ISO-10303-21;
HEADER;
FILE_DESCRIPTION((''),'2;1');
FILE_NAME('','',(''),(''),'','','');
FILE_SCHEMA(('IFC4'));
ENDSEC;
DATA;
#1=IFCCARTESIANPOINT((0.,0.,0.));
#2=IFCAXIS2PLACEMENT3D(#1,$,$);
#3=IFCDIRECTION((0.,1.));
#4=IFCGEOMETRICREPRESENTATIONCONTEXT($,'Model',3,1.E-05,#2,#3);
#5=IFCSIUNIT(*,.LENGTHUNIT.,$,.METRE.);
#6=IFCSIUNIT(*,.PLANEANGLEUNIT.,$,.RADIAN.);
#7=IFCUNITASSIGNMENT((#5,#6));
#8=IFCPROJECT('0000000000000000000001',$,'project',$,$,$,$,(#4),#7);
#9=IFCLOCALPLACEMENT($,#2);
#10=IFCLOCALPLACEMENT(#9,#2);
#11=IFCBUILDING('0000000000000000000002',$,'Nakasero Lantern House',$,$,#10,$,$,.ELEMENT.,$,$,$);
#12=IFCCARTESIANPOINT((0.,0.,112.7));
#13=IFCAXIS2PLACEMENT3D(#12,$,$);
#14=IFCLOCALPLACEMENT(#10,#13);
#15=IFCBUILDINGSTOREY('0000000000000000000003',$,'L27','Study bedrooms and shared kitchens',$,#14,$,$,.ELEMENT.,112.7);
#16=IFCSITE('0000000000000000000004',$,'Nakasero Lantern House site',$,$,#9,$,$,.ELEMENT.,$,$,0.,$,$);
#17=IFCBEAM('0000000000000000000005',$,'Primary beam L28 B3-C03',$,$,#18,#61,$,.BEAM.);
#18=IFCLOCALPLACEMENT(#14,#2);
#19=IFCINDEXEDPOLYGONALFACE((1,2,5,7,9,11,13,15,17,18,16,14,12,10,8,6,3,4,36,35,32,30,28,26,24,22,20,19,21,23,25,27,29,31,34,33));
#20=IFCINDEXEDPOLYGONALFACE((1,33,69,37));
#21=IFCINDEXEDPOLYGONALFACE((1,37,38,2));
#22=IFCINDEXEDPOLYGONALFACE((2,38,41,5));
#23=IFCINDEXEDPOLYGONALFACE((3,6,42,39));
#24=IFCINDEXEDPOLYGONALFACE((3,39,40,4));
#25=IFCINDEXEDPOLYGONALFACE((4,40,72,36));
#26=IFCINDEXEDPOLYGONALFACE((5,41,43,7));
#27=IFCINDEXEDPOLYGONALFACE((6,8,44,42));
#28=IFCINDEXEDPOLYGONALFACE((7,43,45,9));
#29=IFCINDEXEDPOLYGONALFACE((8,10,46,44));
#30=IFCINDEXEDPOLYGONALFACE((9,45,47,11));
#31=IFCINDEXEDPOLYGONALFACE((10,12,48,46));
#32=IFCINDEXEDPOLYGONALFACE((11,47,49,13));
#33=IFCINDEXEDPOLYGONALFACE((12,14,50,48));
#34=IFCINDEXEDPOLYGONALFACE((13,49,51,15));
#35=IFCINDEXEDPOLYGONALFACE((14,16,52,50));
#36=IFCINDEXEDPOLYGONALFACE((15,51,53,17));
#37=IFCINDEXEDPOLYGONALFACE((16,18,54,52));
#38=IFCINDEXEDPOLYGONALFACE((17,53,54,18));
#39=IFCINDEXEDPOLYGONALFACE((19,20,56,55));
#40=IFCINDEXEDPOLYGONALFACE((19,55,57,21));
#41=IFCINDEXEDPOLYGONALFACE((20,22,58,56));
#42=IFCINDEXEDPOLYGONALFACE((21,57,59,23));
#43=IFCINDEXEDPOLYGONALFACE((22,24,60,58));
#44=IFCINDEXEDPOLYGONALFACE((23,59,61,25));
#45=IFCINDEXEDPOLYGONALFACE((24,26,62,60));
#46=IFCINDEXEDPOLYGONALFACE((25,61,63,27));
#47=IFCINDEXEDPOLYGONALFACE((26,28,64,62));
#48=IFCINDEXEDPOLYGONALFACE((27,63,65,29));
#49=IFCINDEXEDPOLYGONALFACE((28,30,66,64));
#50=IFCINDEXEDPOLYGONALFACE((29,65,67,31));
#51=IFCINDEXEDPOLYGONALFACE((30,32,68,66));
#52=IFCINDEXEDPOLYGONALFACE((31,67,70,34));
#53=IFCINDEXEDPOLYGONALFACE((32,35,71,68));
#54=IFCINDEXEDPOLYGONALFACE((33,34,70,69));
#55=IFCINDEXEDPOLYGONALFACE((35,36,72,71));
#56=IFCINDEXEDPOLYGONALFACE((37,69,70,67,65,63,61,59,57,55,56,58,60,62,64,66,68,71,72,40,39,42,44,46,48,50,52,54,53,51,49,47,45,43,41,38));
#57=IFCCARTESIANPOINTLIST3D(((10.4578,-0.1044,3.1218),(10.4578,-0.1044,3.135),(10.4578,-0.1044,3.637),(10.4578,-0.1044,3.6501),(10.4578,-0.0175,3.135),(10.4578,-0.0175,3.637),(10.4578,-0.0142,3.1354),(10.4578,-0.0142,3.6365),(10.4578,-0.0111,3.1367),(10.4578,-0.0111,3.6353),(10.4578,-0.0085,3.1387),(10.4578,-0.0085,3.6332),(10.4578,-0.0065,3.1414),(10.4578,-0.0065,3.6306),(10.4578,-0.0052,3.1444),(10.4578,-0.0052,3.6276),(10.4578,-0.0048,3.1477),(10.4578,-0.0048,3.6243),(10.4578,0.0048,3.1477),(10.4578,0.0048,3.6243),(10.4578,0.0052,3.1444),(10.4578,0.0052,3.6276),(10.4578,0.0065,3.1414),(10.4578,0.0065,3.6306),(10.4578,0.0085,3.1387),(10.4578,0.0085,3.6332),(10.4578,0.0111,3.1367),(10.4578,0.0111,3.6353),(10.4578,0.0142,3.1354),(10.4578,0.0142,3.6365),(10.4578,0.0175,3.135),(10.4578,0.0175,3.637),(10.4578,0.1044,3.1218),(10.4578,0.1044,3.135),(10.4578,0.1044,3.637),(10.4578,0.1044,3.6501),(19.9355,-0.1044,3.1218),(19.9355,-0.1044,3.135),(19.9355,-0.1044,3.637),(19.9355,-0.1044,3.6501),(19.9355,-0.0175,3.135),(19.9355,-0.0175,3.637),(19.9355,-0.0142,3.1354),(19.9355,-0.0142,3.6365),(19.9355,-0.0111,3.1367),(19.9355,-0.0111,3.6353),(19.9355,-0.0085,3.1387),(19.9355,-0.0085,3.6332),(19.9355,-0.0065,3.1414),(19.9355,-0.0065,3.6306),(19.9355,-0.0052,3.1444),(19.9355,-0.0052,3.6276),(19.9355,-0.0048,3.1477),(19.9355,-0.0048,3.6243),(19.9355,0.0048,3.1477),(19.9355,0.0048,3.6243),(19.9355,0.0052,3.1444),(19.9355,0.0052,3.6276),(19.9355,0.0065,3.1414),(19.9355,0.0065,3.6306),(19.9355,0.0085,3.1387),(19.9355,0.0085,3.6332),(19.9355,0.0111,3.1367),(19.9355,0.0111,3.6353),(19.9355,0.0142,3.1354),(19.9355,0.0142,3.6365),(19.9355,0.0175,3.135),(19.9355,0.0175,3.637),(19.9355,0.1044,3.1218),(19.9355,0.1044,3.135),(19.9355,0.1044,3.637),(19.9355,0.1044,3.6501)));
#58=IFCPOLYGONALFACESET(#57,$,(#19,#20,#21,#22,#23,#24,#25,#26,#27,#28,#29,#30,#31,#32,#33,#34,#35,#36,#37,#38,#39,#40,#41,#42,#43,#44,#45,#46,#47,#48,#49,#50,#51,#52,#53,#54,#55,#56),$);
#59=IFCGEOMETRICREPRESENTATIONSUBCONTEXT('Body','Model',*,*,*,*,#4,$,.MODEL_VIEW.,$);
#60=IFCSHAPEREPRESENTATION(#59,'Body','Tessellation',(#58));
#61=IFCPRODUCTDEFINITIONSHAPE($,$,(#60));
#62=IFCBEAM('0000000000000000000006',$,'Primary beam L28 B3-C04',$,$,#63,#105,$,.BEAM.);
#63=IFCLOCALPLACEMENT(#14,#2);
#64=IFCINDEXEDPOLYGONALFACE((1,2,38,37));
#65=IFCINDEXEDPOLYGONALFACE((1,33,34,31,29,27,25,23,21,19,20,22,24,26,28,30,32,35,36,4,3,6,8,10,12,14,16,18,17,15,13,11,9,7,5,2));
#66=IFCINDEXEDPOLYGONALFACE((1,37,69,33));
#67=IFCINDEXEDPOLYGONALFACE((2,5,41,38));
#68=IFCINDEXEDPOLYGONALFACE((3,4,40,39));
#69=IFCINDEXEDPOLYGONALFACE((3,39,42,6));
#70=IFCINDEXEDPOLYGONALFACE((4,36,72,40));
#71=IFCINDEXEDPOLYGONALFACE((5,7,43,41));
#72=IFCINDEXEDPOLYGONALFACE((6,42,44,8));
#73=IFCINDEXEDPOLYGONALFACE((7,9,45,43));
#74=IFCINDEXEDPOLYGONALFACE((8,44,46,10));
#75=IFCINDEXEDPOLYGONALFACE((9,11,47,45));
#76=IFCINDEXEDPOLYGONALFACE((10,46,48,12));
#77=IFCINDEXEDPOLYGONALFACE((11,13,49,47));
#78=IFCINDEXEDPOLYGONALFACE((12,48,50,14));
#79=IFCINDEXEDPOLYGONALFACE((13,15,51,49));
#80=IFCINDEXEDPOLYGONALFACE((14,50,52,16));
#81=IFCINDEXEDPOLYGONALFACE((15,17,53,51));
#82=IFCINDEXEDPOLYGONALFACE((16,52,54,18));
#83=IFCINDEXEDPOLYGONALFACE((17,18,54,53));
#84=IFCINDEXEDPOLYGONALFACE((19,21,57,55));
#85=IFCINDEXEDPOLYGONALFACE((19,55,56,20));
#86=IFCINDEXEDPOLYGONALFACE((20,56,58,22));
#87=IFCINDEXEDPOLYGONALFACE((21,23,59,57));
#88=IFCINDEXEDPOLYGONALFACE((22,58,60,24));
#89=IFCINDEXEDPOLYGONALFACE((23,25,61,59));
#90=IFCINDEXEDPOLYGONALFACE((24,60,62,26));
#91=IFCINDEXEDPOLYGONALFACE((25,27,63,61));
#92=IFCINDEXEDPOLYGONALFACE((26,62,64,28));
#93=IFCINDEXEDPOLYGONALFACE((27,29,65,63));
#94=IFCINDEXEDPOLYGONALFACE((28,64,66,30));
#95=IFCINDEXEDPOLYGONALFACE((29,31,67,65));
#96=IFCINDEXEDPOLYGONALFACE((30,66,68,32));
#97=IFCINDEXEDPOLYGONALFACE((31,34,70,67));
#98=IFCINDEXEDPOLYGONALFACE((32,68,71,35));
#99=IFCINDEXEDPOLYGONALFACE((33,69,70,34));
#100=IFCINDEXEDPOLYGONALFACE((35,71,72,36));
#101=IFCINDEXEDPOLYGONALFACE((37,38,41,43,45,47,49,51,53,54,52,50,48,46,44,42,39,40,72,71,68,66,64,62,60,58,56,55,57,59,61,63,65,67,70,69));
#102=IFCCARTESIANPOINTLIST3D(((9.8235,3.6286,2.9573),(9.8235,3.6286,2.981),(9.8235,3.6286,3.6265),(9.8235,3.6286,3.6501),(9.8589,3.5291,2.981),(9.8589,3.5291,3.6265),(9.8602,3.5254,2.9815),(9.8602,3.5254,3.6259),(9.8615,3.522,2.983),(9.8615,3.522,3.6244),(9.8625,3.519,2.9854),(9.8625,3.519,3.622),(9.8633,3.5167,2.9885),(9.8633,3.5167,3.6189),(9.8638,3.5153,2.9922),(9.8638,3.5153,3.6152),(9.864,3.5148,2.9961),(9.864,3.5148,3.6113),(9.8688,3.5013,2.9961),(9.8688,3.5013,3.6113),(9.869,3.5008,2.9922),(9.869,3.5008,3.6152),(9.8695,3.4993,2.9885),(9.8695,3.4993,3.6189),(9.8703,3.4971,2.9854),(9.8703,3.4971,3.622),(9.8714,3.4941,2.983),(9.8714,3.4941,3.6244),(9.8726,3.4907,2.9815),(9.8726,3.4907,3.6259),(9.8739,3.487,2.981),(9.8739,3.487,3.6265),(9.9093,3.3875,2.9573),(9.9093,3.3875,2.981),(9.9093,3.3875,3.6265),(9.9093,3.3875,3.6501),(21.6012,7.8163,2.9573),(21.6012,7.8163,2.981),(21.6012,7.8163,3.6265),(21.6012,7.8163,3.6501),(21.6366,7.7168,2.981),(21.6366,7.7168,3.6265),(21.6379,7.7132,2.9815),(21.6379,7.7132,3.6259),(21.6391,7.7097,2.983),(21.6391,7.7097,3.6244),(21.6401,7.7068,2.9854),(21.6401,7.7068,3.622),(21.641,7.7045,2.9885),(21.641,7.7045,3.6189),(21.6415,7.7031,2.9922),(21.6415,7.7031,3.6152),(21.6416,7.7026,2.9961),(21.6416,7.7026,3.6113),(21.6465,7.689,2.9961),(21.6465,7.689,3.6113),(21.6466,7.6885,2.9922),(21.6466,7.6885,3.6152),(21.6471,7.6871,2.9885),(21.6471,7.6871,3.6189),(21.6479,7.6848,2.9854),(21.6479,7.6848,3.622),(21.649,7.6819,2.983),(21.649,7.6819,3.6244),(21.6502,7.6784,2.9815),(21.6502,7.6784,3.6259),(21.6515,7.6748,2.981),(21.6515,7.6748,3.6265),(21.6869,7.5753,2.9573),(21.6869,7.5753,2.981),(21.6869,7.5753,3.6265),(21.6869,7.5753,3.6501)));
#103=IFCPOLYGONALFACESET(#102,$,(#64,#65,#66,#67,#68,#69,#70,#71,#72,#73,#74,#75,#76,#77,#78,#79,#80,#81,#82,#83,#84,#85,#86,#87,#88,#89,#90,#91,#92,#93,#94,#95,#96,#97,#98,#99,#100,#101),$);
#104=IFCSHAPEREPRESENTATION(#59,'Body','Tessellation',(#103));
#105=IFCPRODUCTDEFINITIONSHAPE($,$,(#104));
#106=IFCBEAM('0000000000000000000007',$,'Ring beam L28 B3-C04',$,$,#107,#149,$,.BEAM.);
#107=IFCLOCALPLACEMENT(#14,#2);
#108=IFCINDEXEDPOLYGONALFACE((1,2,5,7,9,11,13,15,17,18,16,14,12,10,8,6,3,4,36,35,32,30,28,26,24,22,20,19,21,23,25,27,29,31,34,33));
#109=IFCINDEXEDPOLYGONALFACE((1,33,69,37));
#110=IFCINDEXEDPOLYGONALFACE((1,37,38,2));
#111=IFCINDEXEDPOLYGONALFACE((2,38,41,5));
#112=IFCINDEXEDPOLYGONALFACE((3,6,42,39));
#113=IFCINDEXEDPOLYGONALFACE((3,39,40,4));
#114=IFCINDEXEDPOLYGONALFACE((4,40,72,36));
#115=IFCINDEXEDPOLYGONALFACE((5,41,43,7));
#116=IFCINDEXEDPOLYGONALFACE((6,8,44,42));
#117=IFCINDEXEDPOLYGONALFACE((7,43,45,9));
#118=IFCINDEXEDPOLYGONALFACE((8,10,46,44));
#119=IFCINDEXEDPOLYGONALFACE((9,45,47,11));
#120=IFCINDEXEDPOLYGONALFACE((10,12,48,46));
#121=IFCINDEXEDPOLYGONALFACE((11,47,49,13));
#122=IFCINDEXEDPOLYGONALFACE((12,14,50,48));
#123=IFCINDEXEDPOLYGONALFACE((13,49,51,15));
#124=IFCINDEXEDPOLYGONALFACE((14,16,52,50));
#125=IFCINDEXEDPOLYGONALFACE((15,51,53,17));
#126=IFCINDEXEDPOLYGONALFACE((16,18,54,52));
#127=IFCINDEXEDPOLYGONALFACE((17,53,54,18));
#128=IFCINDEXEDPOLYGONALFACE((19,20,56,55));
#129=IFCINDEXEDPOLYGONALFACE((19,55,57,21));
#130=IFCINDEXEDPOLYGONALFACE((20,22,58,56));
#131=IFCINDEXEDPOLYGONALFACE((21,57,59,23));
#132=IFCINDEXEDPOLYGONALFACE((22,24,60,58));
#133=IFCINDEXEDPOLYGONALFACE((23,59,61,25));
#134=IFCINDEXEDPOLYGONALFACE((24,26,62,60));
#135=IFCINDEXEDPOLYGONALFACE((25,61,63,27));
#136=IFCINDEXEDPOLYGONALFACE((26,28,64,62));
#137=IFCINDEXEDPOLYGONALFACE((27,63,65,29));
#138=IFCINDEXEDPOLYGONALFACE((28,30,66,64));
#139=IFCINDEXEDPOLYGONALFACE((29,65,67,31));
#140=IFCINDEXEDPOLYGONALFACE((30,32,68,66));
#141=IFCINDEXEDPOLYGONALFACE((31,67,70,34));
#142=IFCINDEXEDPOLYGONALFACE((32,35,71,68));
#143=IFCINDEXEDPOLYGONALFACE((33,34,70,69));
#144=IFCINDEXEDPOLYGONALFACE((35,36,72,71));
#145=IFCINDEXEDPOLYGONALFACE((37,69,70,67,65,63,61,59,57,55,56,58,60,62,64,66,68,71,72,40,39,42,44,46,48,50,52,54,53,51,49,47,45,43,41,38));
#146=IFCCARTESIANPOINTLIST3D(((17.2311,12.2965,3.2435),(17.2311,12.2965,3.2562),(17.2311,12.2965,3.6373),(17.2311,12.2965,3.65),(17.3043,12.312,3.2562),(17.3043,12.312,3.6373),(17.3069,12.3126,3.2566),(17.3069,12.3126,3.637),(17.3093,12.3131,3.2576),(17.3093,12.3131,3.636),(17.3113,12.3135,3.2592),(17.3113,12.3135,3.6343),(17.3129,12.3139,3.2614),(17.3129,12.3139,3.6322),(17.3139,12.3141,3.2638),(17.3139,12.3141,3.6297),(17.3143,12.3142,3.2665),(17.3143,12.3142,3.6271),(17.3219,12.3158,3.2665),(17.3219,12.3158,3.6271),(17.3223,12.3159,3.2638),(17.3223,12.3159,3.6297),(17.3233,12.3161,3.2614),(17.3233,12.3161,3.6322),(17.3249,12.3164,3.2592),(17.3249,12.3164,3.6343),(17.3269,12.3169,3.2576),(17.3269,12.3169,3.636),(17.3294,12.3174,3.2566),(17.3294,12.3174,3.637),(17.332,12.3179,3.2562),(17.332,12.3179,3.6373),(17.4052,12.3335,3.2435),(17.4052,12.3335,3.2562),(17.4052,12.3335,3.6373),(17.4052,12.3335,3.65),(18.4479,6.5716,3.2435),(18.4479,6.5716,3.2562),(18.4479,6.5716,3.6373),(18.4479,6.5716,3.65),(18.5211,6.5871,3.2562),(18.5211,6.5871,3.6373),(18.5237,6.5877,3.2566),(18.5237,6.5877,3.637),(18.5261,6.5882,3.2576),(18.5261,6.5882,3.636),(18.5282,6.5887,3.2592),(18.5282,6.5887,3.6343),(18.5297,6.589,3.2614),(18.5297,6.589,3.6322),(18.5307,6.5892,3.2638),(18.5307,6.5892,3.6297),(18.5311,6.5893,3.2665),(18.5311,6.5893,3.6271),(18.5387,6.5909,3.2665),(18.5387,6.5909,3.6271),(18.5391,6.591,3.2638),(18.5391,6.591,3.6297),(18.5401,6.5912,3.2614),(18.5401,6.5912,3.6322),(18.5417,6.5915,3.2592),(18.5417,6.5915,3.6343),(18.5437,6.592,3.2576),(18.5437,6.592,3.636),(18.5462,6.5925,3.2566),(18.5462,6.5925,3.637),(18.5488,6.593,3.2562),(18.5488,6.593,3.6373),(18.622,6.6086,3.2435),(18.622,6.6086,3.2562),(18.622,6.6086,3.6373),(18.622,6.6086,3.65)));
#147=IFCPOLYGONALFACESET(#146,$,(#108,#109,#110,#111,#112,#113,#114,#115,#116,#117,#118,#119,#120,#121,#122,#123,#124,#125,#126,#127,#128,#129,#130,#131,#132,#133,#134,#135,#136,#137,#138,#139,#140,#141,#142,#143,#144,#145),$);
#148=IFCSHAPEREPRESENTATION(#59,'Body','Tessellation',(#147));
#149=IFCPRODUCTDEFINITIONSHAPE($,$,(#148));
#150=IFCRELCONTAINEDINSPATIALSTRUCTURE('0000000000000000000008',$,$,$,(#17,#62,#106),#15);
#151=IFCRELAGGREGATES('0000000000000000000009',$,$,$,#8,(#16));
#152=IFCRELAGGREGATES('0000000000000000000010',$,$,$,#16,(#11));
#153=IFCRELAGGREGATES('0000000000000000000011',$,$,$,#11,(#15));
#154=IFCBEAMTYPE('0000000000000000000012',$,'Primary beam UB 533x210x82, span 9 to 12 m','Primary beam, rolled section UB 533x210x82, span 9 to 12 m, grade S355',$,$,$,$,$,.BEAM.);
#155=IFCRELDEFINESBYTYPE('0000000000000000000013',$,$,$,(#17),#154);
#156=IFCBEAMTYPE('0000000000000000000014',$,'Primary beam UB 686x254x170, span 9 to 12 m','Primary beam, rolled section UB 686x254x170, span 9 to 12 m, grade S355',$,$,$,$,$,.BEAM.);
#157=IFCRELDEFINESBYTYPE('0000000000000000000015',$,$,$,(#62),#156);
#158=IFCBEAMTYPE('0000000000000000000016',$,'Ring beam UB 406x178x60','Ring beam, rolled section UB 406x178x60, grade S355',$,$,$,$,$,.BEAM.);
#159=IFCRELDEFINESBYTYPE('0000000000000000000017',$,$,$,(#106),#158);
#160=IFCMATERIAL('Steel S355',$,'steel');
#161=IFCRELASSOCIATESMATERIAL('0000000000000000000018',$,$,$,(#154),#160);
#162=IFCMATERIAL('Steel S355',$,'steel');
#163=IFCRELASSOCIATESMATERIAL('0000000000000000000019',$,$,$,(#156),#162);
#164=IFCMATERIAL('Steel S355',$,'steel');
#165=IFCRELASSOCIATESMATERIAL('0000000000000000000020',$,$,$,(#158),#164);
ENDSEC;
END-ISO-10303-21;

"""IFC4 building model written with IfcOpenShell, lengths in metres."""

from ifc_helpers import new_model, si_unit, direction, frame, origin, origin_2d, place, context, subcontext, project, spatial, i_section, extrude, material, material_profile, profile_set, type_object, element, save


model = new_model("IFC4")

# Units and contexts
model_context = context("Model", 3, precision=1e-05, world=origin(), true_north=direction((0.0, 1.0)))
body_context = subcontext(model_context, "Body", "Model", "MODEL_VIEW")
ifc_project = project(units=[si_unit("LENGTHUNIT", "METRE"), si_unit("PLANEANGLEUNIT", "RADIAN")], contexts=[model_context])

# Site, building, storey
site_placement = place(None, origin())
site = spatial("IfcSite", under=ifc_project, at=site_placement, Name="Nakasero Lantern House site", CompositionType="ELEMENT", RefElevation=0.0)
building_placement = place(site_placement, origin())
building = spatial("IfcBuilding", under=site, at=building_placement, Name="Nakasero Lantern House", CompositionType="ELEMENT")
storey_placement = place(building_placement, frame((0.0, 0.0, 112.7)))
storey = spatial("IfcBuildingStorey", under=building, at=storey_placement, Name="L27", Description="Study bedrooms and shared kitchens", CompositionType="ELEMENT", Elevation=112.7)

# Beams
ifc_material_1 = material(Name="Steel S355", Category="steel")
ifc_material_profile_1 = material_profile(ifc_material_1, i_section(OverallWidth=0.2087, OverallDepth=0.5283, WebThickness=0.0095, FlangeThickness=0.0132, FilletRadius=0.0127, at=origin_2d()), Name="UB 533x210x82")
ifc_profile_set_1 = profile_set([ifc_material_profile_1], Name="Steel S355")
beam_type_1 = type_object("IfcBeamType", Name="Primary beam UB 533x210x82, span 9 to 12 m", Description="Primary beam, rolled section UB 533x210x82, span 9 to 12 m, grade S355", PredefinedType="BEAM", material=ifc_profile_set_1)
beam_1_placement = place(storey_placement, frame((19.9355, 0.0, 3.386), z_axis=(-1.0, 0.0, 0.0), x_axis=(0.0, -1.0, 0.0)))
element("IfcBeam", 1, at=beam_1_placement, inside=storey, type_object=beam_type_1, Name="Primary beam L28 B3-C03", PredefinedType="BEAM", context=body_context, shape_type="SweptSolid", body=[
    extrude(i_section(OverallWidth=0.2087, OverallDepth=0.5283, WebThickness=0.0095, FlangeThickness=0.0132, FilletRadius=0.0127, at=origin_2d()), origin(), (0.0, 0.0, 1.0), 9.4778),
])
ifc_material_2 = material(Name="Steel S355", Category="steel")
ifc_material_profile_2 = material_profile(ifc_material_2, i_section(OverallWidth=0.2559, OverallDepth=0.6929, WebThickness=0.0144, FlangeThickness=0.0237, FilletRadius=0.0151, at=origin_2d()), Name="UB 686x254x170")
ifc_profile_set_2 = profile_set([ifc_material_profile_2], Name="Steel S355")
beam_type_2 = type_object("IfcBeamType", Name="Primary beam UB 686x254x170, span 9 to 12 m", Description="Primary beam, rolled section UB 686x254x170, span 9 to 12 m, grade S355", PredefinedType="BEAM", material=ifc_profile_set_2)
beam_2_placement = place(storey_placement, frame((21.644, 7.6958, 3.3037), z_axis=(-0.942211, -0.335021, 0.0), x_axis=(0.335021, -0.942211, 0.0)))
element("IfcBeam", 2, at=beam_2_placement, inside=storey, type_object=beam_type_2, Name="Primary beam L28 B3-C04", PredefinedType="BEAM", context=body_context, shape_type="SweptSolid", body=[
    extrude(i_section(OverallWidth=0.2559, OverallDepth=0.6929, WebThickness=0.0144, FlangeThickness=0.0237, FilletRadius=0.0151, at=origin_2d()), origin(), (0.0, 0.0, 1.0), 12.5),
])
ifc_material_3 = material(Name="Steel S355", Category="steel")
ifc_material_profile_3 = material_profile(ifc_material_3, i_section(OverallWidth=0.178, OverallDepth=0.4065, WebThickness=0.0078, FlangeThickness=0.0127, FilletRadius=0.0103, at=origin_2d()), Name="UB 406x178x60")
ifc_profile_set_3 = profile_set([ifc_material_profile_3], Name="Steel S355")
beam_type_3 = type_object("IfcBeamType", Name="Ring beam UB 406x178x60", Description="Ring beam, rolled section UB 406x178x60, grade S355", PredefinedType="BEAM", material=ifc_profile_set_3)
beam_3_placement = place(storey_placement, frame((18.5349, 6.5901, 3.4468), z_axis=(-0.207902, 0.97815, 0.0), x_axis=(-0.97815, -0.207902, 0.0)))
element("IfcBeam", 3, at=beam_3_placement, inside=storey, type_object=beam_type_3, Name="Ring beam L28 B3-C04", PredefinedType="BEAM", context=body_context, shape_type="SweptSolid", body=[
    extrude(i_section(OverallWidth=0.178, OverallDepth=0.4065, WebThickness=0.0078, FlangeThickness=0.0127, FilletRadius=0.0103, at=origin_2d()), origin(), (0.0, 0.0, 1.0), 5.8528),
])

save(model, "model.ifc")
